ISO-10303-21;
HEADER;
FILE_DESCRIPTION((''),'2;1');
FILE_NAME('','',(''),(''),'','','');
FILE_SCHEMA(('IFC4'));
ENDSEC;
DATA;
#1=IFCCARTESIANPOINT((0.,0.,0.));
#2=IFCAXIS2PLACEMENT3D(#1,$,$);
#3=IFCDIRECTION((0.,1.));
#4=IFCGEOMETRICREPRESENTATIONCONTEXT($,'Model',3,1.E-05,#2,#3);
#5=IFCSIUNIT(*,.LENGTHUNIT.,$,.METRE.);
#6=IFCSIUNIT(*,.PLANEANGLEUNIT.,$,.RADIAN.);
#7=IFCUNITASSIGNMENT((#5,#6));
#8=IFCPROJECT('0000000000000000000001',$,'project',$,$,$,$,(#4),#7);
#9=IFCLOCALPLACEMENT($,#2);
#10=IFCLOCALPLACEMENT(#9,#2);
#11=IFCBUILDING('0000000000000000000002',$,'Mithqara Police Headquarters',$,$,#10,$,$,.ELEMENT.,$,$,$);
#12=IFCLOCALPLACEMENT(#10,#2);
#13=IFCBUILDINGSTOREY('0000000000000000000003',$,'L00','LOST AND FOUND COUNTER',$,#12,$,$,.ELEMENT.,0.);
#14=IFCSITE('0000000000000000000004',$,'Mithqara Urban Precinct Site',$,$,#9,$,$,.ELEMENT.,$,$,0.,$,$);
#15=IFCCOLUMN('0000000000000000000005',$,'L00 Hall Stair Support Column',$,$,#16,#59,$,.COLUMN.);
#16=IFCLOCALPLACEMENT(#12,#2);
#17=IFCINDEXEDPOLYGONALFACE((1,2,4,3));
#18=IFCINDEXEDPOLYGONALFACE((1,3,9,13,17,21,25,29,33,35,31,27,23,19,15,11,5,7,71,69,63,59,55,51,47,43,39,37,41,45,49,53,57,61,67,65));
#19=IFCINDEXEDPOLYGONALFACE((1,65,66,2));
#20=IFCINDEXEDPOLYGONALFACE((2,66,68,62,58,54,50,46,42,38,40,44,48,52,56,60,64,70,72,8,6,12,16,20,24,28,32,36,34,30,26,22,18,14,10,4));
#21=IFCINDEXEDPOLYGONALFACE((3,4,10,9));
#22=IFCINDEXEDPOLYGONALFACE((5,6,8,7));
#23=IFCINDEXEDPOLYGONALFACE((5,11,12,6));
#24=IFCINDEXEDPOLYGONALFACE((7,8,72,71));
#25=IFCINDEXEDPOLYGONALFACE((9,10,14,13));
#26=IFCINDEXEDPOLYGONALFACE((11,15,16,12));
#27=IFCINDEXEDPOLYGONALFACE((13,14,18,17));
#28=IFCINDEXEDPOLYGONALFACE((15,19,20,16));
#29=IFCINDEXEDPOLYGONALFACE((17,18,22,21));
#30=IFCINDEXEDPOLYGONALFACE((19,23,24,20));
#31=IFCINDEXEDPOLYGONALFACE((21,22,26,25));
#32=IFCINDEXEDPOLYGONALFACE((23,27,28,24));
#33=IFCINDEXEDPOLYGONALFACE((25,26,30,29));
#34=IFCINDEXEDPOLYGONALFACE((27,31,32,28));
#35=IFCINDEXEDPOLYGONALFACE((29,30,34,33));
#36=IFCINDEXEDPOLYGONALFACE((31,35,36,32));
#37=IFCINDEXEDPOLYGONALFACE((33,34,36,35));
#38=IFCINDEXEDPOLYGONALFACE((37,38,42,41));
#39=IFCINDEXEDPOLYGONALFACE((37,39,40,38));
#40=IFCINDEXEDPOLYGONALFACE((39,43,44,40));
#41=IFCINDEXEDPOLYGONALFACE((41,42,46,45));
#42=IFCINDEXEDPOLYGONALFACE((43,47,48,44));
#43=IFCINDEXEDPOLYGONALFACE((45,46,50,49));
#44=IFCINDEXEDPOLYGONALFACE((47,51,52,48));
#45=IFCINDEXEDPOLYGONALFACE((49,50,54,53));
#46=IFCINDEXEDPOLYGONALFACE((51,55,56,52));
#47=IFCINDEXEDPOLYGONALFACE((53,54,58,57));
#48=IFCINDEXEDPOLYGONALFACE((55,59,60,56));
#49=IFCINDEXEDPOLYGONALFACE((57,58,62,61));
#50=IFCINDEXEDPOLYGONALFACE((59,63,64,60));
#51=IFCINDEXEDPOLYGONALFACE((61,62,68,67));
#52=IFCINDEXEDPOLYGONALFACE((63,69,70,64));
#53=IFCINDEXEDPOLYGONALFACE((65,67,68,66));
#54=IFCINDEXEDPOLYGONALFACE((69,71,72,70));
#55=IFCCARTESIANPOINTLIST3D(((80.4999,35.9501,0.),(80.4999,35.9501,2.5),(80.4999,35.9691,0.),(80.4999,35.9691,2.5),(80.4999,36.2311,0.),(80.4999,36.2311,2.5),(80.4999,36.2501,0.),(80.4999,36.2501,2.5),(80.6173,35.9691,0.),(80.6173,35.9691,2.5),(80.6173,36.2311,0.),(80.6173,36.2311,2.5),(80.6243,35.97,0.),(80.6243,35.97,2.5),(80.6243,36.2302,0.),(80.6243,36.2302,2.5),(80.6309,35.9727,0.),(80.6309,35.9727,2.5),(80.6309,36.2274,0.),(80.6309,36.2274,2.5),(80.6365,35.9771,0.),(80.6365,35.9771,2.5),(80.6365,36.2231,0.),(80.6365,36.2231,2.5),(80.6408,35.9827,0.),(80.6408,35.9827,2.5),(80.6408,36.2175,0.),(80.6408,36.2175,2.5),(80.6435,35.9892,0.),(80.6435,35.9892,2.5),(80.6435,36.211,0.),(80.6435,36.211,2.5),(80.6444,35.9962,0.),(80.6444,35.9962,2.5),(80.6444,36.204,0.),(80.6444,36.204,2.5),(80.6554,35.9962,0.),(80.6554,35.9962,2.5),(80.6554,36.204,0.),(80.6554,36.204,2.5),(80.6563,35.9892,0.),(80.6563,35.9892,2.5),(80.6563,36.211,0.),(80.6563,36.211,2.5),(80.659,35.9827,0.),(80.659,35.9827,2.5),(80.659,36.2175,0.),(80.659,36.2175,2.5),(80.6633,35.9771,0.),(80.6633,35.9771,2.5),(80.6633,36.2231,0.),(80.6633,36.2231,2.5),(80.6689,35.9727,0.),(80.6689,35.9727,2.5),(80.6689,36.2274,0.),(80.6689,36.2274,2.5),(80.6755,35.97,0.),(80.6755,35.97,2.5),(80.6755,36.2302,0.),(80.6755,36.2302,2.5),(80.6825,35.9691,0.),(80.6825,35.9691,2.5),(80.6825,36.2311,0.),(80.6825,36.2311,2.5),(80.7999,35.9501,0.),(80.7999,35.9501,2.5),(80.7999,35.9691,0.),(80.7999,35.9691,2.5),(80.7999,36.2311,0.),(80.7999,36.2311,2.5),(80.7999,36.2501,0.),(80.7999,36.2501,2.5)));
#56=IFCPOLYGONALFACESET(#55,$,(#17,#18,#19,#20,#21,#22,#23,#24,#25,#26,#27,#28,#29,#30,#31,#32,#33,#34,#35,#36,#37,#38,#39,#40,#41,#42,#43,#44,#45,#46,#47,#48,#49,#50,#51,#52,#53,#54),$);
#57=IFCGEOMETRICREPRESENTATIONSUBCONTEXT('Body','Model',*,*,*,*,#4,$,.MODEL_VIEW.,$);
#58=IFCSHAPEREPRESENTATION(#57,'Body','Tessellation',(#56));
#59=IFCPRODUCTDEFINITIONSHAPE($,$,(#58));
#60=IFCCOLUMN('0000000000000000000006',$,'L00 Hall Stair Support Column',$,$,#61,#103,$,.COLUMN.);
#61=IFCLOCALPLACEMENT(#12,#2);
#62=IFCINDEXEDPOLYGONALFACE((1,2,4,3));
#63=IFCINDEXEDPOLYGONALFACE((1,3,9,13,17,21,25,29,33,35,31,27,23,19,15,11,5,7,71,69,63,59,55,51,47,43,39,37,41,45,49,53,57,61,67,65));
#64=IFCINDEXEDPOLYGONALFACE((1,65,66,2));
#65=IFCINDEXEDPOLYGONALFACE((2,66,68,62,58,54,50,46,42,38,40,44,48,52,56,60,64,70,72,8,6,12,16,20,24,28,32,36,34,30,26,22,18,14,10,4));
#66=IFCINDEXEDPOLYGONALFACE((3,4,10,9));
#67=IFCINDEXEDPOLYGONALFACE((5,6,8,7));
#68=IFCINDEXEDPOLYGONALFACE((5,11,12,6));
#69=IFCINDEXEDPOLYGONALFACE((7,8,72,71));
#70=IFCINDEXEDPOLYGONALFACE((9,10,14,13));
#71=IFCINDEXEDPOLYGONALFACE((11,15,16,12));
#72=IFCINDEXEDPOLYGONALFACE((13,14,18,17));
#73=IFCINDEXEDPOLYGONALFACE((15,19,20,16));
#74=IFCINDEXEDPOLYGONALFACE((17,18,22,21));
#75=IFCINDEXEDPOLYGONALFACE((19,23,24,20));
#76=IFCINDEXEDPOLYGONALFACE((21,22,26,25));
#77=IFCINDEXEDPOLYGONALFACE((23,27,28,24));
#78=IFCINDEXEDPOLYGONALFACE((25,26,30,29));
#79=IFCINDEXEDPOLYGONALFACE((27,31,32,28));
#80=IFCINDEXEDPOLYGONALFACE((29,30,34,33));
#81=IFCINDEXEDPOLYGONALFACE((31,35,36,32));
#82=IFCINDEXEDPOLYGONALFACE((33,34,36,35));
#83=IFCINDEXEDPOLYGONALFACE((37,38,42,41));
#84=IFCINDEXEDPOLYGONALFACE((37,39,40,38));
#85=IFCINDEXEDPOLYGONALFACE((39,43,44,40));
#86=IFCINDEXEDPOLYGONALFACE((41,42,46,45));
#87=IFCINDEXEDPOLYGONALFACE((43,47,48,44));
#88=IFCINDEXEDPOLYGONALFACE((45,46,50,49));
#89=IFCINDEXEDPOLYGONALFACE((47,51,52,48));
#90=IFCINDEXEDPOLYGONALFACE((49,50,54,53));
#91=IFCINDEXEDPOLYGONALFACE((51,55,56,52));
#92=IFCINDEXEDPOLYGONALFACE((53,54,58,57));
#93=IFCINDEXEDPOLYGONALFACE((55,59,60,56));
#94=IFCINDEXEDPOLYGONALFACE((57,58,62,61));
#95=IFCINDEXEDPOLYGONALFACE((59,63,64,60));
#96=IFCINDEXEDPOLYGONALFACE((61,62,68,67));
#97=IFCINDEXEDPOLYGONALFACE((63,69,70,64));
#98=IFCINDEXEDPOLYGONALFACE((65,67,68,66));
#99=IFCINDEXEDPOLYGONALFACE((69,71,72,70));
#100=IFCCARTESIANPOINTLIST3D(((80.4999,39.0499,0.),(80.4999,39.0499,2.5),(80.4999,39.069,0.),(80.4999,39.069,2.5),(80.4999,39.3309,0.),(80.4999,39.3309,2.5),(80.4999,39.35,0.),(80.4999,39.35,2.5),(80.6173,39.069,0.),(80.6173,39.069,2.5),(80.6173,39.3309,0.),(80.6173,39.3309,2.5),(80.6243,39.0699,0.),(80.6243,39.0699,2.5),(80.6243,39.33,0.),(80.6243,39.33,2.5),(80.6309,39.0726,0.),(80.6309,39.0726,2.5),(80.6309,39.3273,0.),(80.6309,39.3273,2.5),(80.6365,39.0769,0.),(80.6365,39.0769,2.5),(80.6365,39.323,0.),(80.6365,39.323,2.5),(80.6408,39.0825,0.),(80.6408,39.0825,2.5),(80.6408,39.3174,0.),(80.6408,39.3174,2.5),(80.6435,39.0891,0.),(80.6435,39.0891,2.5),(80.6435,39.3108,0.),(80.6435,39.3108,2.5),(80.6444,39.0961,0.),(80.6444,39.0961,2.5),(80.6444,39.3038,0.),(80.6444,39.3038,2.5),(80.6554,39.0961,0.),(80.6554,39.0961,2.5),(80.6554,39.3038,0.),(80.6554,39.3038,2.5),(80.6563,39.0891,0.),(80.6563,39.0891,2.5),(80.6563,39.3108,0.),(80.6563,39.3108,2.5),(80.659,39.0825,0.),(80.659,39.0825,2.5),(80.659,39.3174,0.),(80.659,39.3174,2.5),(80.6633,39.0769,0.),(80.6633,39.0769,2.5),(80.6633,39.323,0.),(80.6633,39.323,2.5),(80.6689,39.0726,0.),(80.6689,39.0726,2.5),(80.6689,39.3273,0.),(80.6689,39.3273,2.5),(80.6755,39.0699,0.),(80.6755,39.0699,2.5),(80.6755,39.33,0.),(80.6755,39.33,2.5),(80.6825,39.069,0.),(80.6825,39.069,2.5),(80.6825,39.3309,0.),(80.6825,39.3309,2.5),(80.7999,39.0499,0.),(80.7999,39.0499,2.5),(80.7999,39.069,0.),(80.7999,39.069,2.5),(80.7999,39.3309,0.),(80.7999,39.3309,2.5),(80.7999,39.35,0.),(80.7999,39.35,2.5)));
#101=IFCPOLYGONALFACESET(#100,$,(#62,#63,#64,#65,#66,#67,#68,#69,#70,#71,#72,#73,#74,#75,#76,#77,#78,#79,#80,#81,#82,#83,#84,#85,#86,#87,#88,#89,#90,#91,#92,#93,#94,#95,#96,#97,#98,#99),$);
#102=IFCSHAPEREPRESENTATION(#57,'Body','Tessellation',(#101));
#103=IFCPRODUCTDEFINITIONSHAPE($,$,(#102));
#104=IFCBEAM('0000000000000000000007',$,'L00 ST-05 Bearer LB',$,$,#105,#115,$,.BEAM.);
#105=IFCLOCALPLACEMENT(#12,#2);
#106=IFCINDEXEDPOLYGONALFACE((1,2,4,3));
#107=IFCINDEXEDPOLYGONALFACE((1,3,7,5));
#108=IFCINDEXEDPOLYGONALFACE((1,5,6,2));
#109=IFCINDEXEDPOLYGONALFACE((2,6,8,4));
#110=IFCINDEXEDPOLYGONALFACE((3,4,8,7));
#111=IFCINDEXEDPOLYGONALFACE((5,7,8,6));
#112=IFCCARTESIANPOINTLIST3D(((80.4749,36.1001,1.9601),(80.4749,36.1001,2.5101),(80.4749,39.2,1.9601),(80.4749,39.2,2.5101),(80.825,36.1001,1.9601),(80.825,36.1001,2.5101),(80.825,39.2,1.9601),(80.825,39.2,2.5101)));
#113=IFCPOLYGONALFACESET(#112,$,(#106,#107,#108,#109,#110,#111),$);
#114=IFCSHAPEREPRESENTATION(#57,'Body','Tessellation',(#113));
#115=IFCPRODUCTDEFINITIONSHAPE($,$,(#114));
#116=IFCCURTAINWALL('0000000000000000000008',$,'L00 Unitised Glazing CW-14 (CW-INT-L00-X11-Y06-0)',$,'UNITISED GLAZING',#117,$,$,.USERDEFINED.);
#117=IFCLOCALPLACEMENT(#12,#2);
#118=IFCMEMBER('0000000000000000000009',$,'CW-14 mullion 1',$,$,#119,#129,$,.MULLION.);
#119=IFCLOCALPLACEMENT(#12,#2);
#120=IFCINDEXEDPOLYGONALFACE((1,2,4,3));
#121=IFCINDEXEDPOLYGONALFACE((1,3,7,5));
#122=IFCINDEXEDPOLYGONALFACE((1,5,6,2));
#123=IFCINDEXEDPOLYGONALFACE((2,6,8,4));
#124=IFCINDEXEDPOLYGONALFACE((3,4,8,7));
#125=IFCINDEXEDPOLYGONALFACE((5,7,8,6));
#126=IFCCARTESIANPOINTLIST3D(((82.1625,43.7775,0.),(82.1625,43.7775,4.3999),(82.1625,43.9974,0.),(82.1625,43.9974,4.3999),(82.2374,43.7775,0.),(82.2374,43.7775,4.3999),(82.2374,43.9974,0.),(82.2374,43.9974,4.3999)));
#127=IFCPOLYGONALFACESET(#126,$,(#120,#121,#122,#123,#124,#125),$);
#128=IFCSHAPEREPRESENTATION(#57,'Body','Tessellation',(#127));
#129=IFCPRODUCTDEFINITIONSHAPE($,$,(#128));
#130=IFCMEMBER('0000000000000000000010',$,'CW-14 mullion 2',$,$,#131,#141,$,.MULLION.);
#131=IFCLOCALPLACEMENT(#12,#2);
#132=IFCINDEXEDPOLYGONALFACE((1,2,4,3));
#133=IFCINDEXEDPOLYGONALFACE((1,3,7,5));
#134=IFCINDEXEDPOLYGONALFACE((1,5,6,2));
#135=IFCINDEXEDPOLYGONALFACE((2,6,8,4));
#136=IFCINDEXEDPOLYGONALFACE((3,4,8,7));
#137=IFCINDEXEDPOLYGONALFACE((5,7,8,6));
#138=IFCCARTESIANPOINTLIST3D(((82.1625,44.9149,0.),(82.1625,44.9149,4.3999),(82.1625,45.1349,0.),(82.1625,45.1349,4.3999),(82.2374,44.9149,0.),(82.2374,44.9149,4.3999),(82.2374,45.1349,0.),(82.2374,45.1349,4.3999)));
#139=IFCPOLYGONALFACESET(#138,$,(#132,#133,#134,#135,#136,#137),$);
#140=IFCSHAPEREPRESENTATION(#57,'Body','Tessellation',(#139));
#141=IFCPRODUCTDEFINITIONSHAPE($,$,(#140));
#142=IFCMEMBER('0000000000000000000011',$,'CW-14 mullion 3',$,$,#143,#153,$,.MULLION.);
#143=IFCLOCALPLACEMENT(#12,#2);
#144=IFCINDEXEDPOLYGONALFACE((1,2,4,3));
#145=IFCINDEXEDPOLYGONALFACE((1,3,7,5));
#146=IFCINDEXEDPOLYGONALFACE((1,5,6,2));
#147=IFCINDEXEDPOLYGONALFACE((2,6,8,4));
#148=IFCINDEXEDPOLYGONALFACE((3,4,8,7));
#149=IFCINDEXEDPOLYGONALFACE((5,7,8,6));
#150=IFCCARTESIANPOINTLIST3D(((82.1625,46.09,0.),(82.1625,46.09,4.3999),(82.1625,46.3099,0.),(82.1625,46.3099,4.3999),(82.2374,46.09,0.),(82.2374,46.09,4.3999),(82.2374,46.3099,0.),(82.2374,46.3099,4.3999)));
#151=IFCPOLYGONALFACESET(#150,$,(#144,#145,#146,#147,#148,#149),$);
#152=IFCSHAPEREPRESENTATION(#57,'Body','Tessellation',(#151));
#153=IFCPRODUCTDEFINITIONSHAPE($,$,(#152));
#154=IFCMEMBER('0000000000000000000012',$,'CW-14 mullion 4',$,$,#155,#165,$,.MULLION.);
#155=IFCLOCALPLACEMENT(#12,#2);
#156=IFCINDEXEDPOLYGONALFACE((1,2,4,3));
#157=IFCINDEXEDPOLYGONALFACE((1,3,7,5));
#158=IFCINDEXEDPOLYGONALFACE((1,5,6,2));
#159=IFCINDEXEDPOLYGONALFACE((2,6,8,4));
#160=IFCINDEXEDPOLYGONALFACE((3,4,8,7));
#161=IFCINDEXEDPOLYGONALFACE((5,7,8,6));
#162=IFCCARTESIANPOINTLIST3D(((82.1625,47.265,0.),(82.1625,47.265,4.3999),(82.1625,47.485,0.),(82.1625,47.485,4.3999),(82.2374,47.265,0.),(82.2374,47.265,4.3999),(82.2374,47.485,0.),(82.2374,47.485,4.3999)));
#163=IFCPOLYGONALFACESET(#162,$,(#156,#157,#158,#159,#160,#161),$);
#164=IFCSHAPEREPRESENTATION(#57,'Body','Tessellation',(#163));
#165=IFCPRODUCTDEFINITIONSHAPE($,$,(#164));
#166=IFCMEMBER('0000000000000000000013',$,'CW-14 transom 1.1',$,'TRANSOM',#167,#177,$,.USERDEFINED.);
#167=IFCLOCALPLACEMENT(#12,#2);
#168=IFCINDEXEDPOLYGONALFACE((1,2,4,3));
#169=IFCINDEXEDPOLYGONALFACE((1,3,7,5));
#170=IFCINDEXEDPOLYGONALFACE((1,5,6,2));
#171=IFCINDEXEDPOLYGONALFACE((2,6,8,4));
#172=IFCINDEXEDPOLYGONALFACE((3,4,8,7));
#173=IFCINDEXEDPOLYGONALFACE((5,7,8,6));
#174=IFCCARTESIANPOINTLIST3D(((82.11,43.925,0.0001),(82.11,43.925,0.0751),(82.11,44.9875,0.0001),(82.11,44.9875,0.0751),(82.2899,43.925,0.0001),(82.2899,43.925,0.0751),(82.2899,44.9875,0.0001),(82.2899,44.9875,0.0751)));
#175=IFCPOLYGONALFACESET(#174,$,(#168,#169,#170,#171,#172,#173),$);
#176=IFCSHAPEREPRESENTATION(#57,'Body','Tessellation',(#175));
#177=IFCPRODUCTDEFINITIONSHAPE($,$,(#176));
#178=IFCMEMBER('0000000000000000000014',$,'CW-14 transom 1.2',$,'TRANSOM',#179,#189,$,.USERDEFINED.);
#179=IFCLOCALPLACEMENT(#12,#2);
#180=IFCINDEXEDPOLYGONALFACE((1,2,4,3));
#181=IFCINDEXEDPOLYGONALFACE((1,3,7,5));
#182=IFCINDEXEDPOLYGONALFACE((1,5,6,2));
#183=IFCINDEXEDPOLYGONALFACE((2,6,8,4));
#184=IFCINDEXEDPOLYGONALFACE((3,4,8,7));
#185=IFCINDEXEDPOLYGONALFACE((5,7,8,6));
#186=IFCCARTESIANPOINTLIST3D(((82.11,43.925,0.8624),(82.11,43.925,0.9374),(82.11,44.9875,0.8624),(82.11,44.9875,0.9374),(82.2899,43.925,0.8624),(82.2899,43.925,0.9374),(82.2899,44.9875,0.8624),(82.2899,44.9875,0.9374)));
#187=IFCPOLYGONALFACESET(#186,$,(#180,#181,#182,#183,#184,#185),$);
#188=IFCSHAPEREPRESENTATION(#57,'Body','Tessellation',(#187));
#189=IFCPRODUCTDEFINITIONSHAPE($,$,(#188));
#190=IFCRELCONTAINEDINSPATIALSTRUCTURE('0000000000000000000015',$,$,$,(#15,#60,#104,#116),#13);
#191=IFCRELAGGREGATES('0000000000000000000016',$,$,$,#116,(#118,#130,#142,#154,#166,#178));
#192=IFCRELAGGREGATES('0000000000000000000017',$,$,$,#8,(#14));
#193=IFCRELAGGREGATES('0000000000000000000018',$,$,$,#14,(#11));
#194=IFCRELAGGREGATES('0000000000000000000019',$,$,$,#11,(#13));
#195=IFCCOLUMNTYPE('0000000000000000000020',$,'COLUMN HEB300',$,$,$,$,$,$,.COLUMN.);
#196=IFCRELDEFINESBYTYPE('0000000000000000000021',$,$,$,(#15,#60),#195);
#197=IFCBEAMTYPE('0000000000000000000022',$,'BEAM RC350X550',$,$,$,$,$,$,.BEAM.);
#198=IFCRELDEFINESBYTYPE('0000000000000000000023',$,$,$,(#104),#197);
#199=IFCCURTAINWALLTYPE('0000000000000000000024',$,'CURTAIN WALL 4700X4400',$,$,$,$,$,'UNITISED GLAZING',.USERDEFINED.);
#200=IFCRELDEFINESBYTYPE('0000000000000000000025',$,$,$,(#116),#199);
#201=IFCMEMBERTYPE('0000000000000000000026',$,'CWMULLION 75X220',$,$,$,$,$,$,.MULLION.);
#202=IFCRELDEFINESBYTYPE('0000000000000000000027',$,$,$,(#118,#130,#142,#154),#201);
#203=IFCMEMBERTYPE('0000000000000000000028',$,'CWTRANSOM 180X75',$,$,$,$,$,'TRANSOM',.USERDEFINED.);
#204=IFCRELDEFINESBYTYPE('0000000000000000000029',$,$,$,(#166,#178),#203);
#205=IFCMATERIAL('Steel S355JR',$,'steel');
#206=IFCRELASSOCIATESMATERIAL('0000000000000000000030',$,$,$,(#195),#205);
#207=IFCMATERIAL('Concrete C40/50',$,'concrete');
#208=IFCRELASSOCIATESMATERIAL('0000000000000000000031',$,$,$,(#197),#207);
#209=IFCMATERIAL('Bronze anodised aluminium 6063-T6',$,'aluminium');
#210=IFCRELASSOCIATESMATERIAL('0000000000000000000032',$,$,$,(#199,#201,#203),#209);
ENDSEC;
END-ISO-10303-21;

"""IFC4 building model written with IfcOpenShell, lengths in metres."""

from ifc_helpers import new_model, si_unit, direction, frame, origin, origin_2d, place, context, subcontext, project, spatial, rectangle, i_section, extrude, material, material_profile, profile_set, type_object, element, aggregate, save


model = new_model("IFC4")

# Units and contexts
model_context = context("Model", 3, precision=1e-05, world=origin(), true_north=direction((0.0, 1.0)))
body_context = subcontext(model_context, "Body", "Model", "MODEL_VIEW")
ifc_project = project(units=[si_unit("LENGTHUNIT", "METRE"), si_unit("PLANEANGLEUNIT", "RADIAN")], contexts=[model_context])

# Site, building, storey
site_placement = place(None, origin())
site = spatial("IfcSite", under=ifc_project, at=site_placement, Name="Mithqara Urban Precinct Site", CompositionType="ELEMENT", RefElevation=0.0)
building_placement = place(site_placement, origin())
building = spatial("IfcBuilding", under=site, at=building_placement, Name="Mithqara Police Headquarters", CompositionType="ELEMENT")
storey_placement = place(building_placement, origin())
storey = spatial("IfcBuildingStorey", under=building, at=storey_placement, Name="L00", Description="LOST AND FOUND COUNTER", CompositionType="ELEMENT", Elevation=0.0)

# Columns
ifc_material_1 = material(Name="Steel S355JR", Category="steel")
ifc_material_profile_1 = material_profile(ifc_material_1, i_section(OverallWidth=0.3, OverallDepth=0.3, WebThickness=0.011, FlangeThickness=0.019, FilletRadius=0.0271, at=origin_2d()), Name="HEB 300")
ifc_profile_set_1 = profile_set([ifc_material_profile_1], Name="Steel S355JR")
column_type = type_object("IfcColumnType", Name="COLUMN HEB300", PredefinedType="COLUMN", material=ifc_profile_set_1)
for number, where, z_axis, x_axis, name in (
    (1, (80.6499, 36.1001, 0.0), (0.0, 0.0, 1.0), (1.0, 0.0, 0.0), "L00 Hall Stair Support Column"),
    (2, (80.6499, 39.2, 0.0), (0.0, 0.0, 1.0), (1.0, 0.0, 0.0), "L00 Hall Stair Support Column"),
):
    element("IfcColumn", number, at=place(storey_placement, frame(where, z_axis=z_axis, x_axis=x_axis)), inside=storey, type_object=column_type, Name=name, PredefinedType="COLUMN", context=body_context, shape_type="SweptSolid", body=[
        extrude(i_section(OverallWidth=0.3, OverallDepth=0.3, WebThickness=0.011, FlangeThickness=0.019, FilletRadius=0.0271, at=origin_2d()), origin(), (0.0, 0.0, 1.0), 2.5),
    ])

# Beam
ifc_material_2 = material(Name="Concrete C40/50", Category="concrete")
ifc_material_profile_2 = material_profile(ifc_material_2, rectangle(XDim=0.3501, YDim=0.55, at=origin_2d()), Name="RC 350x550")
ifc_profile_set_2 = profile_set([ifc_material_profile_2], Name="Concrete C40/50")
beam_type = type_object("IfcBeamType", Name="BEAM RC350X550", PredefinedType="BEAM", material=ifc_profile_set_2)
beam_placement = place(storey_placement, frame((80.6499, 36.1001, 2.2351), z_axis=(0.0, 1.0, 0.0), x_axis=(-1.0, 0.0, 0.0)))
element("IfcBeam", 3, at=beam_placement, inside=storey, type_object=beam_type, Name="L00 ST-05 Bearer LB", PredefinedType="BEAM", context=body_context, shape_type="SweptSolid", body=[
    extrude(rectangle(XDim=0.3501, YDim=0.55, at=origin_2d()), origin(), (0.0, 0.0, 1.0), 3.0999),
])

# Curtain wall, members
ifc_material_3 = material(Name="Bronze anodised aluminium 6063-T6", Category="aluminium")
curtain_wall_type = type_object("IfcCurtainWallType", Name="CURTAIN WALL 4700X4400", ElementType="UNITISED GLAZING", PredefinedType="USERDEFINED", material=ifc_material_3)
curtain_wall_placement = place(storey_placement, origin())
curtain_wall = element("IfcCurtainWall", 4, at=curtain_wall_placement, inside=storey, type_object=curtain_wall_type, Name="L00 Unitised Glazing CW-14 (CW-INT-L00-X11-Y06-0)", ObjectType="UNITISED GLAZING", PredefinedType="USERDEFINED")
ifc_material_profile_3 = material_profile(ifc_material_3, rectangle(XDim=0.075, YDim=0.22, at=origin_2d()), Name="CWM 75x220")
ifc_profile_set_3 = profile_set([ifc_material_profile_3], Name="Bronze anodised aluminium 6063-T6")
member_type_1 = type_object("IfcMemberType", Name="CWMULLION 75X220", PredefinedType="MULLION", material=ifc_profile_set_3)
member_1_placement = place(storey_placement, frame((82.2, 43.8875, 0.0), z_axis=(0.0, 0.0, 1.0), x_axis=(-1.0, 0.0, 0.0)))
member_1 = element("IfcMember", 5, at=member_1_placement, type_object=member_type_1, Name="CW-14 mullion 1", PredefinedType="MULLION", context=body_context, shape_type="SweptSolid", body=[
    extrude(rectangle(XDim=0.075, YDim=0.22, at=origin_2d()), origin(), (0.0, 0.0, 1.0), 4.3999),
])
member_2_placement = place(storey_placement, frame((82.2, 45.0249, 0.0), z_axis=(0.0, 0.0, 1.0), x_axis=(-1.0, 0.0, 0.0)))
member_2 = element("IfcMember", 6, at=member_2_placement, type_object=member_type_1, Name="CW-14 mullion 2", PredefinedType="MULLION", context=body_context, shape_type="SweptSolid", body=[
    extrude(rectangle(XDim=0.075, YDim=0.22, at=origin_2d()), origin(), (0.0, 0.0, 1.0), 4.3999),
])
member_3_placement = place(storey_placement, frame((82.2, 46.2, 0.0), z_axis=(0.0, 0.0, 1.0), x_axis=(-1.0, 0.0, 0.0)))
member_3 = element("IfcMember", 7, at=member_3_placement, type_object=member_type_1, Name="CW-14 mullion 3", PredefinedType="MULLION", context=body_context, shape_type="SweptSolid", body=[
    extrude(rectangle(XDim=0.075, YDim=0.22, at=origin_2d()), origin(), (0.0, 0.0, 1.0), 4.3999),
])
member_4_placement = place(storey_placement, frame((82.2, 47.375, 0.0), z_axis=(0.0, 0.0, 1.0), x_axis=(-1.0, 0.0, 0.0)))
member_4 = element("IfcMember", 8, at=member_4_placement, type_object=member_type_1, Name="CW-14 mullion 4", PredefinedType="MULLION", context=body_context, shape_type="SweptSolid", body=[
    extrude(rectangle(XDim=0.075, YDim=0.22, at=origin_2d()), origin(), (0.0, 0.0, 1.0), 4.3999),
])
ifc_material_profile_4 = material_profile(ifc_material_3, rectangle(XDim=0.1799, YDim=0.075, at=origin_2d()), Name="CWT 180x75")
ifc_profile_set_4 = profile_set([ifc_material_profile_4], Name="Bronze anodised aluminium 6063-T6")
member_type_2 = type_object("IfcMemberType", Name="CWTRANSOM 180X75", ElementType="TRANSOM", PredefinedType="USERDEFINED", material=ifc_profile_set_4)
member_5_placement = place(storey_placement, frame((82.2, 43.925, 0.0376), z_axis=(0.0, 1.0, 0.0), x_axis=(-1.0, 0.0, 0.0)))
member_5 = element("IfcMember", 9, at=member_5_placement, type_object=member_type_2, Name="CW-14 transom 1.1", ObjectType="TRANSOM", PredefinedType="USERDEFINED", context=body_context, shape_type="SweptSolid", body=[
    extrude(rectangle(XDim=0.1799, YDim=0.075, at=origin_2d()), origin(), (0.0, 0.0, 1.0), 1.0625),
])
member_6_placement = place(storey_placement, frame((82.2, 43.925, 0.8999), z_axis=(0.0, 1.0, 0.0), x_axis=(-1.0, 0.0, 0.0)))
member_6 = element("IfcMember", 10, at=member_6_placement, type_object=member_type_2, Name="CW-14 transom 1.2", ObjectType="TRANSOM", PredefinedType="USERDEFINED", context=body_context, shape_type="SweptSolid", body=[
    extrude(rectangle(XDim=0.1799, YDim=0.075, at=origin_2d()), origin(), (0.0, 0.0, 1.0), 1.0625),
])
aggregate(curtain_wall, [member_1, member_2, member_3, member_4, member_5, member_6])

save(model, "model.ifc")
